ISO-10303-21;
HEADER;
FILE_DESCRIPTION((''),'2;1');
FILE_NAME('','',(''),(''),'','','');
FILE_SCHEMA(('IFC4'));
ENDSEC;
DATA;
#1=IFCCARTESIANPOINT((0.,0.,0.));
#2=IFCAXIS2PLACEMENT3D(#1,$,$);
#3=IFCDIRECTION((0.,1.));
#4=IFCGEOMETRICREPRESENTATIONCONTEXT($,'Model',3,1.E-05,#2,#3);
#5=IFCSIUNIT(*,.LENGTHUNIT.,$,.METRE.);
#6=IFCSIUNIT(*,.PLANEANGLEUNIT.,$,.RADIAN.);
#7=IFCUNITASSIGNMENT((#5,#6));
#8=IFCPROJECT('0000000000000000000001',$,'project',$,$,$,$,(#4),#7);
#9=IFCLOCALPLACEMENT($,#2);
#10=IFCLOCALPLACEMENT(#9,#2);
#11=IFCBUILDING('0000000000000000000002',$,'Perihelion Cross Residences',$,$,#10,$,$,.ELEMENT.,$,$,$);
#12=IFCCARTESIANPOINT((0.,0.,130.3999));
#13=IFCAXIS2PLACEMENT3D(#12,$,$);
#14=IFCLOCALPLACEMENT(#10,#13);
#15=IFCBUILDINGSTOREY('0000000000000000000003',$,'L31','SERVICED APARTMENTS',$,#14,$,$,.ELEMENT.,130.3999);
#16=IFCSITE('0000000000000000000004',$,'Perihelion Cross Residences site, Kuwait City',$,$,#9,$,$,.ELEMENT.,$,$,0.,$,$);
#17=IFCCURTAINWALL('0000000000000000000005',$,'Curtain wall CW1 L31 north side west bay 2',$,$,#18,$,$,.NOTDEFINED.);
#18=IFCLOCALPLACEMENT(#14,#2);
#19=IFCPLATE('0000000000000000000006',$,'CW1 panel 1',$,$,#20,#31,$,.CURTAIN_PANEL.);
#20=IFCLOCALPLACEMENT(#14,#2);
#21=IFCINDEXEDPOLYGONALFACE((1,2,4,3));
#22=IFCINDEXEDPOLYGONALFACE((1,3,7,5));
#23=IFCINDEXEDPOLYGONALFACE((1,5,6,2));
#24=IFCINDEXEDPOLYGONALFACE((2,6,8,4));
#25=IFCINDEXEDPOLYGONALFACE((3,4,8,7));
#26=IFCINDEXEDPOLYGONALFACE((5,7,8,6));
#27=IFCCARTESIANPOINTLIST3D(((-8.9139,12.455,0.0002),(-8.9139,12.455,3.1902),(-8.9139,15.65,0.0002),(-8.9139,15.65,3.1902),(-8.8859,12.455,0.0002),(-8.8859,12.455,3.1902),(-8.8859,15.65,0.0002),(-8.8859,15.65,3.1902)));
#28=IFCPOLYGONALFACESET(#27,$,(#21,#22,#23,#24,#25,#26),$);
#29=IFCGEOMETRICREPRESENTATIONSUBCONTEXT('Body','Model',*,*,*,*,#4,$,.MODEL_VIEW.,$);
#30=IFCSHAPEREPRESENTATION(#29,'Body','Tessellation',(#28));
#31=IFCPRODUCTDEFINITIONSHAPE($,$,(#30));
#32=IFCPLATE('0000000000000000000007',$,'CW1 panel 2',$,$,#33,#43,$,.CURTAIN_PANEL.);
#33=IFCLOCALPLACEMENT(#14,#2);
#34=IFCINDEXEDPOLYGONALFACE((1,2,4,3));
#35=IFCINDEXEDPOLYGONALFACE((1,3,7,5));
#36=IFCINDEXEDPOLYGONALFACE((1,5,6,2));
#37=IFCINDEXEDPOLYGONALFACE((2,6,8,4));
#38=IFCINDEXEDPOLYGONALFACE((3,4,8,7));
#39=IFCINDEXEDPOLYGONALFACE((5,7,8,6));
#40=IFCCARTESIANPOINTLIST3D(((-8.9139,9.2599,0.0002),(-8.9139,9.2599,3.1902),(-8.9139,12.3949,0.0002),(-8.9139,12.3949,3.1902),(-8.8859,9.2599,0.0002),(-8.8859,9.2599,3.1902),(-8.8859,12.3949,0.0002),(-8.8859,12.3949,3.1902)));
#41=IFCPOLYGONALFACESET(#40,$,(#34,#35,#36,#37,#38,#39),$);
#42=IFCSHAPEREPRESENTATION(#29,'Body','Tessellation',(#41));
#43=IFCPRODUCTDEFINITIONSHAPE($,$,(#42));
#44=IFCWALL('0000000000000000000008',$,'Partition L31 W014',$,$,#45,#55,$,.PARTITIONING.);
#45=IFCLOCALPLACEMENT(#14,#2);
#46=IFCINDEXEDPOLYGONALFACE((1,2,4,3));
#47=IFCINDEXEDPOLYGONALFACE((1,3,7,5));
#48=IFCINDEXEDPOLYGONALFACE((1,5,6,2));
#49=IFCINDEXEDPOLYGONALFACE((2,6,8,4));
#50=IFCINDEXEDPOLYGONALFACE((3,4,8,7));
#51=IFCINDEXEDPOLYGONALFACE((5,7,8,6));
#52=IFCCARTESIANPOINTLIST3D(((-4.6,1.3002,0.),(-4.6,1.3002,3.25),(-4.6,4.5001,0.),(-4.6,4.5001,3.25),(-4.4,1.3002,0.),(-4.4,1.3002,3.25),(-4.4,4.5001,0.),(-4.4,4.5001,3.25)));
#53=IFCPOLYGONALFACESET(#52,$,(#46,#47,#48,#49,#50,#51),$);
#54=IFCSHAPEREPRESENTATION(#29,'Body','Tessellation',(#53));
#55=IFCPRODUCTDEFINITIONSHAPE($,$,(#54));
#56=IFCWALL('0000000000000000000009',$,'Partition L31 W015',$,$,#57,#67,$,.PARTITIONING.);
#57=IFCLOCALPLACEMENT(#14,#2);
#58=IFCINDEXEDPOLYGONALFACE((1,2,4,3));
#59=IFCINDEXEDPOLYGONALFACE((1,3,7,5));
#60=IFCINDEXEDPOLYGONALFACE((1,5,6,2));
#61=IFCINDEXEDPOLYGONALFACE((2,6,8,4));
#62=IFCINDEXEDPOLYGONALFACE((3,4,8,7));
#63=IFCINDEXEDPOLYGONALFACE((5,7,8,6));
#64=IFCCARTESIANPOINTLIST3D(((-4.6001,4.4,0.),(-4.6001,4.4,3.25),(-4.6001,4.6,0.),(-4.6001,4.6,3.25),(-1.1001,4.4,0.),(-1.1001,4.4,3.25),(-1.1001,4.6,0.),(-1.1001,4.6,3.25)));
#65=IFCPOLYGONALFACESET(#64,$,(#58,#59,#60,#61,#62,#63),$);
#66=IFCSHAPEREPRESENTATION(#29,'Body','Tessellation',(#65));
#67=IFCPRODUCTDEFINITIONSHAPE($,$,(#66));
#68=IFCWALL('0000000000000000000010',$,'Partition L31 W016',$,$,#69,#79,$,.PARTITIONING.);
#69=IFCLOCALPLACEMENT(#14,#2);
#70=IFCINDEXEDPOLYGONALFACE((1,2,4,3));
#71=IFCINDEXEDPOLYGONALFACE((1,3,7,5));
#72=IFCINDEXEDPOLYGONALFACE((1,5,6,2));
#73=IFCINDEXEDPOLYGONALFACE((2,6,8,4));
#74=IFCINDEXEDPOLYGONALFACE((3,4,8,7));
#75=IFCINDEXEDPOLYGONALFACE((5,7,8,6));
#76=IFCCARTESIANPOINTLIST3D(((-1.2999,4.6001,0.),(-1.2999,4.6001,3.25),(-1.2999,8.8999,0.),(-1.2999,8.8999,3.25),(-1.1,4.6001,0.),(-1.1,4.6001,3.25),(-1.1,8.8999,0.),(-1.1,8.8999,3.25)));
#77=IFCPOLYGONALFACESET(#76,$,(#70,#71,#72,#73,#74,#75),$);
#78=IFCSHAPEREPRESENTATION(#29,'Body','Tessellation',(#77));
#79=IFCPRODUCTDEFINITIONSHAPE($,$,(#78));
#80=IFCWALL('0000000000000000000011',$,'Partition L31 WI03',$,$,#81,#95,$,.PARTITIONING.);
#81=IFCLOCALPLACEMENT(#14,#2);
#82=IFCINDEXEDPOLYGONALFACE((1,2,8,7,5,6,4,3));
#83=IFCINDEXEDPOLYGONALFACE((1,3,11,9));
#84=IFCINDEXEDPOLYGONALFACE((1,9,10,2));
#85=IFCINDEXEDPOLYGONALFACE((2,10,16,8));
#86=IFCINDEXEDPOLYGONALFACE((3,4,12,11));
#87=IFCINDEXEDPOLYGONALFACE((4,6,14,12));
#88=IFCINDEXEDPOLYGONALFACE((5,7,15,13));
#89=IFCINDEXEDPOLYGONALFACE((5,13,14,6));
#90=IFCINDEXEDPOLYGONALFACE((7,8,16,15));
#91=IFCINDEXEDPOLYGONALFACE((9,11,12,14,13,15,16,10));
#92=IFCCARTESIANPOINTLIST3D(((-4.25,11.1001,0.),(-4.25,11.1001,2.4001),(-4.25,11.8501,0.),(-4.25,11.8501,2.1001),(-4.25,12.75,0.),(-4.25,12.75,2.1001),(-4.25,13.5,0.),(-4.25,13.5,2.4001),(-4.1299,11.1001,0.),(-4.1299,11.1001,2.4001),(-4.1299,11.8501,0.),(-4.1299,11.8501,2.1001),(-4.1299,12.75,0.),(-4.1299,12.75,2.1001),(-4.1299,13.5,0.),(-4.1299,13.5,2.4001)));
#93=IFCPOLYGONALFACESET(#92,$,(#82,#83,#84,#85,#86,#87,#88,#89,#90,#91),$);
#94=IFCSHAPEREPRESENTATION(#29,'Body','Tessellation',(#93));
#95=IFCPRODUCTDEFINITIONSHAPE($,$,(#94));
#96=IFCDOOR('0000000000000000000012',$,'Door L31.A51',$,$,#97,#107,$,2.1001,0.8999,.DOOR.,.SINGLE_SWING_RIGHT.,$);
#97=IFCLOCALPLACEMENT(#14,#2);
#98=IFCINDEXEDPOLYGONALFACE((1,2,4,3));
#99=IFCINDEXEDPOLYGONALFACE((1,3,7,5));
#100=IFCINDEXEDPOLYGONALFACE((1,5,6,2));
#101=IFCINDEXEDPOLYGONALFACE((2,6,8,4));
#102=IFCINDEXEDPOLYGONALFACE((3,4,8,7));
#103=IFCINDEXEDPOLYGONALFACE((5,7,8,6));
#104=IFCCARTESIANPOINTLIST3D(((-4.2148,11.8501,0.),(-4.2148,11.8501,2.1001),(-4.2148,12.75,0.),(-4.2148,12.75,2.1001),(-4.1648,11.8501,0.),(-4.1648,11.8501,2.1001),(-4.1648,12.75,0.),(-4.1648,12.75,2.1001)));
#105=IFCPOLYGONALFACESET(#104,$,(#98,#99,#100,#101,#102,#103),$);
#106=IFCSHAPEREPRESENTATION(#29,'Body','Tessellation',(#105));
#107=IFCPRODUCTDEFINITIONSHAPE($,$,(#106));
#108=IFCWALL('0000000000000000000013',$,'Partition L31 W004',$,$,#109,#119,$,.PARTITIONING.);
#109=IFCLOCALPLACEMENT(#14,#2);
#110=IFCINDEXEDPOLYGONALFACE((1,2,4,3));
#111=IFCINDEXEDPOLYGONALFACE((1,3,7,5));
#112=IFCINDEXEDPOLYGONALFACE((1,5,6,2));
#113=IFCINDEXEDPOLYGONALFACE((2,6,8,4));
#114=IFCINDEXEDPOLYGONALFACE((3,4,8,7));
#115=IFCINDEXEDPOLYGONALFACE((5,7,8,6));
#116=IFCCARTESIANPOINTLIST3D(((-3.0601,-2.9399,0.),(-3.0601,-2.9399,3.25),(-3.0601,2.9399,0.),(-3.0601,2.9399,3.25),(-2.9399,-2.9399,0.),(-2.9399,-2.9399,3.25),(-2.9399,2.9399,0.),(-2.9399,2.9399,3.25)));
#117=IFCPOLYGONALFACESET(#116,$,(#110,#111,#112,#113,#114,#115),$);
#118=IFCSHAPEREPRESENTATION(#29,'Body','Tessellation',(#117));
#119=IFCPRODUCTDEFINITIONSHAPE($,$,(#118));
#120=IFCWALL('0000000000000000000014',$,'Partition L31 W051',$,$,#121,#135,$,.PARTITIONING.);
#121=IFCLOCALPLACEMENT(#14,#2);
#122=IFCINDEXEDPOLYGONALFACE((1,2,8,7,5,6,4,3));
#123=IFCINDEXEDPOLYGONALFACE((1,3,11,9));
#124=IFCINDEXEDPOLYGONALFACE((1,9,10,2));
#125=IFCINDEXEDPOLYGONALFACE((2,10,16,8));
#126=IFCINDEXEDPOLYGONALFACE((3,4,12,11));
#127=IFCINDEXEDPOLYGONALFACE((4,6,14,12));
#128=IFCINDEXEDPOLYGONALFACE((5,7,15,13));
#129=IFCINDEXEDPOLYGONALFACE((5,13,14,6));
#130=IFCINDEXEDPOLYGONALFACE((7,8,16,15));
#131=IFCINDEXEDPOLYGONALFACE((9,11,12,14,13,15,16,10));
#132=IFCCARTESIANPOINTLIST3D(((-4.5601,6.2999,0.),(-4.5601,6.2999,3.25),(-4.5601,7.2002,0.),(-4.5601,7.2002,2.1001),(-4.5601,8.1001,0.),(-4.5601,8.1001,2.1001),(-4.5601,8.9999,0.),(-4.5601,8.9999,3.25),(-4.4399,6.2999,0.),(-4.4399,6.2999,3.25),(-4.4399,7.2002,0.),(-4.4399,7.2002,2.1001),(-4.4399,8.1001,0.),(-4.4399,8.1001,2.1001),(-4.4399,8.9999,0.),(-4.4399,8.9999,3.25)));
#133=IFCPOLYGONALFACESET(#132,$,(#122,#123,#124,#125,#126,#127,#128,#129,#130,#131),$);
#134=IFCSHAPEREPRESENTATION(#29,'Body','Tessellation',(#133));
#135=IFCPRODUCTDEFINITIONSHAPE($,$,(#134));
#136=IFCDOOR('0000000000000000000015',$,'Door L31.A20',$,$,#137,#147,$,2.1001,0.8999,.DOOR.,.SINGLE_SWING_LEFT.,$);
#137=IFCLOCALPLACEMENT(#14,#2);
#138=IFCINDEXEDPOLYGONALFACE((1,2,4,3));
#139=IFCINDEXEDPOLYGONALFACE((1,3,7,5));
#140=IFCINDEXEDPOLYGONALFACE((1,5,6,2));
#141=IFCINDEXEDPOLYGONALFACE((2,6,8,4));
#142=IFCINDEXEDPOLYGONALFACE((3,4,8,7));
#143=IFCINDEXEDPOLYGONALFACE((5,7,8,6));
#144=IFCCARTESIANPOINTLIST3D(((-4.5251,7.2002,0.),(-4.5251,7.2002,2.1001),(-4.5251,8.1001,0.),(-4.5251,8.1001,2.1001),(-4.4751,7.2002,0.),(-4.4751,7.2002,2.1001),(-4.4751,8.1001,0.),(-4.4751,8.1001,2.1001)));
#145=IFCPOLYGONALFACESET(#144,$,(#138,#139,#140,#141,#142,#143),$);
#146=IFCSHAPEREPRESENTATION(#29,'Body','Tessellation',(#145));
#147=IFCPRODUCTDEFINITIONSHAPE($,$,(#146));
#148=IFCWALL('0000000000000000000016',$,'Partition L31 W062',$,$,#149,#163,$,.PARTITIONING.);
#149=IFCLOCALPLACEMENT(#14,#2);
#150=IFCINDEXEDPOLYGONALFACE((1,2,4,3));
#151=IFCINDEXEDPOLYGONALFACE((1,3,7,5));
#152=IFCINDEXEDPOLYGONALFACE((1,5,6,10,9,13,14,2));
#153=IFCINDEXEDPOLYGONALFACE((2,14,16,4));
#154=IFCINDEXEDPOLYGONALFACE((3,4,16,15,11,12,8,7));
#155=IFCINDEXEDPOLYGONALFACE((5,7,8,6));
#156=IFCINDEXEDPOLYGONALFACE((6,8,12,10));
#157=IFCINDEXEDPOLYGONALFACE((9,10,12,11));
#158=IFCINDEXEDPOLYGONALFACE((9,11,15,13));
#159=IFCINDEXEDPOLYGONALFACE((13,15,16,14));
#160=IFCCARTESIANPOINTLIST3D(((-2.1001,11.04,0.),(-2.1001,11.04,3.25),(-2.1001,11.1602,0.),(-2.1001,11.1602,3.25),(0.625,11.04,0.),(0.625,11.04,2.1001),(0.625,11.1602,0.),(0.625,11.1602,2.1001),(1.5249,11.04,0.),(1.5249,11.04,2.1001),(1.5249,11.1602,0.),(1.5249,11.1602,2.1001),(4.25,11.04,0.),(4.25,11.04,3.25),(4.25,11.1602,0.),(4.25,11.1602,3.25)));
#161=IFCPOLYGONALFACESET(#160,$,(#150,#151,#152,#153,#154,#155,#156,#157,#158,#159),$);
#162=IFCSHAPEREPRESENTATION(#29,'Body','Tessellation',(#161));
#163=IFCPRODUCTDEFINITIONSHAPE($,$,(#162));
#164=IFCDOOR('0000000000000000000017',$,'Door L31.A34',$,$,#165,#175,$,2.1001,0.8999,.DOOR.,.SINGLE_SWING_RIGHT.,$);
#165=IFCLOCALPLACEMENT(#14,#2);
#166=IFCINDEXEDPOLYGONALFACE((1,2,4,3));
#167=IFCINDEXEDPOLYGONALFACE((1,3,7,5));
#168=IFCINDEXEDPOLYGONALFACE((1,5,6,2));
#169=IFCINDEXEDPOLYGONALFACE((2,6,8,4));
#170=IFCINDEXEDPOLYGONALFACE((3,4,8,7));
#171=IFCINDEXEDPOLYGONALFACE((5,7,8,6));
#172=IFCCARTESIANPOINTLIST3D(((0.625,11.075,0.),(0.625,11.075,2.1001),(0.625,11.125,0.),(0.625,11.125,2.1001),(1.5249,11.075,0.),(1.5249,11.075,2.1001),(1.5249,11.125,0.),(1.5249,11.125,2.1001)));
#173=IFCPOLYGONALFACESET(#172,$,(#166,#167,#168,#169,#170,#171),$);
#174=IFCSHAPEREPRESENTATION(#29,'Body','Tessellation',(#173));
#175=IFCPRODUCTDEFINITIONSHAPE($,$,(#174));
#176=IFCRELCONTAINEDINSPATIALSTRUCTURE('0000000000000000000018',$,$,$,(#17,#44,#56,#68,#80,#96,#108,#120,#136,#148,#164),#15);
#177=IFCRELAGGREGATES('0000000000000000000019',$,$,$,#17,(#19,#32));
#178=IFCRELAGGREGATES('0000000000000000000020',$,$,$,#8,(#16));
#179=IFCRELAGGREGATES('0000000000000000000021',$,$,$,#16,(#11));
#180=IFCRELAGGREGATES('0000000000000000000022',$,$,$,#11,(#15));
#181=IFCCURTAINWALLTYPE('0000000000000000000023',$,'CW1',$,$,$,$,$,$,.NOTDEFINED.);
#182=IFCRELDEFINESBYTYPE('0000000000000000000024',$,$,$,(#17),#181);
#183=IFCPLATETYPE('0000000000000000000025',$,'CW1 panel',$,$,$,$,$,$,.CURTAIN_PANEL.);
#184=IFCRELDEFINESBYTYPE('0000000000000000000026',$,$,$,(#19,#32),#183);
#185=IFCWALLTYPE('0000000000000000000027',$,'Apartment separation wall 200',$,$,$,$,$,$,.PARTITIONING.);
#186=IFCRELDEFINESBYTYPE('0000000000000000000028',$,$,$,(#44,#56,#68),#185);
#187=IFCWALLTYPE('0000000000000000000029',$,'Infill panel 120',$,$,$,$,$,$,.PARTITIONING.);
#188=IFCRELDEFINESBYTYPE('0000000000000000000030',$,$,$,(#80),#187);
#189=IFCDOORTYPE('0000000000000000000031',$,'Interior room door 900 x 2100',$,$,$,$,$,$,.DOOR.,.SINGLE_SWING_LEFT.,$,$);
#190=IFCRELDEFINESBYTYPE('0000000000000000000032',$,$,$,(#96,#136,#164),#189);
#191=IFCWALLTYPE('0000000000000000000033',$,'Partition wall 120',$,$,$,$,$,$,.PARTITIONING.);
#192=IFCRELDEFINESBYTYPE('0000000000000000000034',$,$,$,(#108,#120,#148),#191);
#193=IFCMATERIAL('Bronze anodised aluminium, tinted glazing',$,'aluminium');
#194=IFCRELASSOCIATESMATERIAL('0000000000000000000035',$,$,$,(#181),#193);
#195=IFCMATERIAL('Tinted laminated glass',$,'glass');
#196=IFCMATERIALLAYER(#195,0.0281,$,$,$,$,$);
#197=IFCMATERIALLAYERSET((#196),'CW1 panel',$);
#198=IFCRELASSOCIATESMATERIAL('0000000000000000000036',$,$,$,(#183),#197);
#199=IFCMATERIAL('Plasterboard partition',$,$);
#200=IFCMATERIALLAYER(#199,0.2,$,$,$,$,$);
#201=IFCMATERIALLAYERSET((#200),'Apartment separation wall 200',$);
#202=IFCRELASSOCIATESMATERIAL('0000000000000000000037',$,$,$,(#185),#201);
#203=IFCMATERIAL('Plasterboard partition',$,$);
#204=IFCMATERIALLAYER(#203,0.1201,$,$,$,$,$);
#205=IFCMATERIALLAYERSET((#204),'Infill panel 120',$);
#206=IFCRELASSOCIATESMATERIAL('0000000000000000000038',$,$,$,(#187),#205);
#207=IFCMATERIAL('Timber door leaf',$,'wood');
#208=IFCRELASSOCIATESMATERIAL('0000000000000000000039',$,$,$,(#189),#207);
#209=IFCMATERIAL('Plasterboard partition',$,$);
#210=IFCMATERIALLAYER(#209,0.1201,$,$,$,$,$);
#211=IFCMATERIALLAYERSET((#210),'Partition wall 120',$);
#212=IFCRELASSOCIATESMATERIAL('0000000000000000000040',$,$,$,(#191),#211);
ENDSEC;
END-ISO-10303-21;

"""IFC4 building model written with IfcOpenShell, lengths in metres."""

from ifc_helpers import new_model, si_unit, direction, frame, frame_2d, origin, origin_2d, place, context, subcontext, project, spatial, rectangle, extrude, material, layer, layer_set, type_object, element, fill, aggregate, save


model = new_model("IFC4")

# Units and contexts
model_context = context("Model", 3, precision=1e-05, world=origin(), true_north=direction((0.0, 1.0)))
body_context = subcontext(model_context, "Body", "Model", "MODEL_VIEW")
ifc_project = project(units=[si_unit("LENGTHUNIT", "METRE"), si_unit("PLANEANGLEUNIT", "RADIAN")], contexts=[model_context])

# Site, building, storey
site_placement = place(None, origin())
site = spatial("IfcSite", under=ifc_project, at=site_placement, Name="Perihelion Cross Residences site, Kuwait City", CompositionType="ELEMENT", RefElevation=0.0)
building_placement = place(site_placement, origin())
building = spatial("IfcBuilding", under=site, at=building_placement, Name="Perihelion Cross Residences", CompositionType="ELEMENT")
storey_placement = place(building_placement, frame((0.0, 0.0, 130.3999)))
storey = spatial("IfcBuildingStorey", under=building, at=storey_placement, Name="L31", Description="SERVICED APARTMENTS", CompositionType="ELEMENT", Elevation=130.3999)

# Curtain wall
ifc_material_1 = material(Name="Bronze anodised aluminium, tinted glazing", Category="aluminium")
curtain_wall_type = type_object("IfcCurtainWallType", Name="CW1", PredefinedType="NOTDEFINED", material=ifc_material_1)
curtain_wall_placement = place(storey_placement, origin())
curtain_wall = element("IfcCurtainWall", 1, at=curtain_wall_placement, inside=storey, type_object=curtain_wall_type, Name="Curtain wall CW1 L31 north side west bay 2", PredefinedType="NOTDEFINED")

# Plates
ifc_material_2 = material(Name="Tinted laminated glass", Category="glass")
ifc_layer_1 = layer(ifc_material_2, 0.0281)
ifc_layer_set_1 = layer_set([ifc_layer_1], Name="CW1 panel")
plate_type = type_object("IfcPlateType", Name="CW1 panel", PredefinedType="CURTAIN_PANEL", material=ifc_layer_set_1)
plate_1_placement = place(storey_placement, frame((-8.8999, 14.0525, 0.0002), z_axis=(0.0, 0.0, 1.0), x_axis=(0.0, -1.0, 0.0)))
plate_1 = element("IfcPlate", 2, at=plate_1_placement, type_object=plate_type, Name="CW1 panel 1", PredefinedType="CURTAIN_PANEL", context=body_context, shape_type="SweptSolid", body=[
    extrude(rectangle(XDim=3.1951, YDim=0.0281, at=origin_2d()), origin(), (0.0, 0.0, 1.0), 3.1899),
])
plate_2_placement = place(storey_placement, frame((-8.8999, 10.8274, 0.0002), z_axis=(0.0, 0.0, 1.0), x_axis=(0.0, -1.0, 0.0)))
plate_2 = element("IfcPlate", 3, at=plate_2_placement, type_object=plate_type, Name="CW1 panel 2", PredefinedType="CURTAIN_PANEL", context=body_context, shape_type="SweptSolid", body=[
    extrude(rectangle(XDim=3.135, YDim=0.0281, at=origin_2d()), origin(), (0.0, 0.0, 1.0), 3.1899),
])
aggregate(curtain_wall, [plate_1, plate_2])

# Walls
ifc_material_3 = material(Name="Plasterboard partition")
ifc_layer_2 = layer(ifc_material_3, 0.2)
ifc_layer_set_2 = layer_set([ifc_layer_2], Name="Apartment separation wall 200")
wall_type_1 = type_object("IfcWallType", Name="Apartment separation wall 200", PredefinedType="PARTITIONING", material=ifc_layer_set_2)
wall_1_placement = place(storey_placement, frame((-4.5, 1.3, 0.0), z_axis=(0.0, 0.0, 1.0), x_axis=(0.0, 1.0, 0.0)))
element("IfcWall", 4, at=wall_1_placement, inside=storey, type_object=wall_type_1, Name="Partition L31 W014", PredefinedType="PARTITIONING", context=body_context, shape_type="SweptSolid", body=[
    extrude(rectangle(XDim=3.2, YDim=0.2, at=frame_2d((1.6001, 0.0))), origin(), (0.0, 0.0, 1.0), 3.25),
])
wall_2_placement = place(storey_placement, frame((-4.6001, 4.5, 0.0), z_axis=(0.0, 0.0, 1.0), x_axis=(1.0, 0.0, 0.0)))
element("IfcWall", 5, at=wall_2_placement, inside=storey, type_object=wall_type_1, Name="Partition L31 W015", PredefinedType="PARTITIONING", context=body_context, shape_type="SweptSolid", body=[
    extrude(rectangle(XDim=3.5, YDim=0.2, at=frame_2d((1.75, 0.0))), origin(), (0.0, 0.0, 1.0), 3.25),
])
wall_3_placement = place(storey_placement, frame((-1.2, 4.6001, 0.0), z_axis=(0.0, 0.0, 1.0), x_axis=(0.0, 1.0, 0.0)))
element("IfcWall", 6, at=wall_3_placement, inside=storey, type_object=wall_type_1, Name="Partition L31 W016", PredefinedType="PARTITIONING", context=body_context, shape_type="SweptSolid", body=[
    extrude(rectangle(XDim=4.2998, YDim=0.2, at=frame_2d((2.1499, 0.0))), origin(), (0.0, 0.0, 1.0), 3.25),
])

# Wall, opening, door
ifc_material_4 = material(Name="Plasterboard partition")
ifc_layer_3 = layer(ifc_material_4, 0.1201)
ifc_layer_set_3 = layer_set([ifc_layer_3], Name="Infill panel 120")
wall_type_2 = type_object("IfcWallType", Name="Infill panel 120", PredefinedType="PARTITIONING", material=ifc_layer_set_3)
wall_4_placement = place(storey_placement, frame((-4.1899, 11.1001, 0.0), z_axis=(0.0, 0.0, 1.0), x_axis=(0.0, 1.0, 0.0)))
wall_4 = element("IfcWall", 7, at=wall_4_placement, inside=storey, type_object=wall_type_2, Name="Partition L31 WI03", PredefinedType="PARTITIONING", context=body_context, shape_type="SweptSolid", body=[
    extrude(rectangle(XDim=2.3999, YDim=0.1201, at=frame_2d((1.2, 0.0))), origin(), (0.0, 0.0, 1.0), 2.4001),
])
opening_1_placement = place(wall_4_placement, frame((0.75, 0.0, 0.0)))
opening_1 = element("IfcOpeningElement", 8, at=opening_1_placement, cuts=wall_4, PredefinedType="OPENING", context=body_context, shape_type="SweptSolid", body=[
    extrude(rectangle(XDim=0.8999, YDim=2.1001, at=frame_2d((0.45, 1.05))), frame((0.0, 0.0701, 0.0), z_axis=(0.0, -1.0, 0.0), x_axis=(1.0, 0.0, 0.0)), (0.0, 0.0, 1.0), 0.1401),
])
ifc_material_5 = material(Name="Timber door leaf", Category="wood")
door_type_1 = type_object("IfcDoorType", Name="Interior room door 900 x 2100", OperationType="SINGLE_SWING_LEFT", PredefinedType="DOOR", material=ifc_material_5)
door_1_placement = place(opening_1_placement, origin())
door_1 = element("IfcDoor", 9, at=door_1_placement, inside=storey, type_object=door_type_1, Name="Door L31.A51", OperationType="SINGLE_SWING_RIGHT", OverallHeight=2.1001, OverallWidth=0.8999, PredefinedType="DOOR", context=body_context, shape_type="SweptSolid", body=[
    extrude(rectangle(XDim=0.8999, YDim=2.1001, at=frame_2d((0.45, 1.05))), frame((0.0, 0.0249, 0.0), z_axis=(0.0, -1.0, 0.0), x_axis=(1.0, 0.0, 0.0)), (0.0, 0.0, 1.0), 0.05),
])
fill(opening_1, door_1)

# Wall
ifc_material_6 = material(Name="Plasterboard partition")
ifc_layer_4 = layer(ifc_material_6, 0.1201)
ifc_layer_set_4 = layer_set([ifc_layer_4], Name="Partition wall 120")
wall_type_3 = type_object("IfcWallType", Name="Partition wall 120", PredefinedType="PARTITIONING", material=ifc_layer_set_4)
wall_5_placement = place(storey_placement, frame((-3.0, 2.9399, 0.0), z_axis=(0.0, 0.0, 1.0), x_axis=(0.0, -1.0, 0.0)))
element("IfcWall", 10, at=wall_5_placement, inside=storey, type_object=wall_type_3, Name="Partition L31 W004", PredefinedType="PARTITIONING", context=body_context, shape_type="SweptSolid", body=[
    extrude(rectangle(XDim=5.8799, YDim=0.1201, at=frame_2d((2.9399, 0.0))), origin(), (0.0, 0.0, 1.0), 3.25),
])

# Walls, openings, doors
wall_6_placement = place(storey_placement, frame((-4.5, 9.0, 0.0), z_axis=(0.0, 0.0, 1.0), x_axis=(0.0, -1.0, 0.0)))
wall_6 = element("IfcWall", 11, at=wall_6_placement, inside=storey, type_object=wall_type_3, Name="Partition L31 W051", PredefinedType="PARTITIONING", context=body_context, shape_type="SweptSolid", body=[
    extrude(rectangle(XDim=2.7, YDim=0.1201, at=frame_2d((1.3501, 0.0))), origin(), (0.0, 0.0, 1.0), 3.25),
])
opening_2_placement = place(wall_6_placement, frame((0.8999, 0.0, 0.0)))
opening_2 = element("IfcOpeningElement", 12, at=opening_2_placement, cuts=wall_6, PredefinedType="OPENING", context=body_context, shape_type="SweptSolid", body=[
    extrude(rectangle(XDim=0.8999, YDim=2.1001, at=frame_2d((0.45, 1.05))), frame((0.0, 0.0701, 0.0), z_axis=(0.0, -1.0, 0.0), x_axis=(1.0, 0.0, 0.0)), (0.0, 0.0, 1.0), 0.1401),
])
door_2_placement = place(opening_2_placement, origin())
door_2 = element("IfcDoor", 13, at=door_2_placement, inside=storey, type_object=door_type_1, Name="Door L31.A20", OperationType="SINGLE_SWING_LEFT", OverallHeight=2.1001, OverallWidth=0.8999, PredefinedType="DOOR", context=body_context, shape_type="SweptSolid", body=[
    extrude(rectangle(XDim=0.8999, YDim=2.1001, at=frame_2d((0.45, 1.05))), frame((0.0, 0.0249, 0.0), z_axis=(0.0, -1.0, 0.0), x_axis=(1.0, 0.0, 0.0)), (0.0, 0.0, 1.0), 0.05),
])
fill(opening_2, door_2)
wall_7_placement = place(storey_placement, frame((-2.1001, 11.1001, 0.0), z_axis=(0.0, 0.0, 1.0), x_axis=(1.0, 0.0, 0.0)))
wall_7 = element("IfcWall", 14, at=wall_7_placement, inside=storey, type_object=wall_type_3, Name="Partition L31 W062", PredefinedType="PARTITIONING", context=body_context, shape_type="SweptSolid", body=[
    extrude(rectangle(XDim=6.3501, YDim=0.1201, at=frame_2d((3.175, 0.0))), origin(), (0.0, 0.0, 1.0), 3.25),
])
opening_3_placement = place(wall_7_placement, frame((2.7251, 0.0, 0.0)))
opening_3 = element("IfcOpeningElement", 15, at=opening_3_placement, cuts=wall_7, PredefinedType="OPENING", context=body_context, shape_type="SweptSolid", body=[
    extrude(rectangle(XDim=0.8999, YDim=2.1001, at=frame_2d((0.45, 1.05))), frame((0.0, 0.0701, 0.0), z_axis=(0.0, -1.0, 0.0), x_axis=(1.0, 0.0, 0.0)), (0.0, 0.0, 1.0), 0.1401),
])
door_3_placement = place(opening_3_placement, origin())
door_3 = element("IfcDoor", 16, at=door_3_placement, inside=storey, type_object=door_type_1, Name="Door L31.A34", OperationType="SINGLE_SWING_RIGHT", OverallHeight=2.1001, OverallWidth=0.8999, PredefinedType="DOOR", context=body_context, shape_type="SweptSolid", body=[
    extrude(rectangle(XDim=0.8999, YDim=2.1001, at=frame_2d((0.45, 1.05))), frame((0.0, 0.0249, 0.0), z_axis=(0.0, -1.0, 0.0), x_axis=(1.0, 0.0, 0.0)), (0.0, 0.0, 1.0), 0.05),
])
fill(opening_3, door_3)

save(model, "model.ifc")
